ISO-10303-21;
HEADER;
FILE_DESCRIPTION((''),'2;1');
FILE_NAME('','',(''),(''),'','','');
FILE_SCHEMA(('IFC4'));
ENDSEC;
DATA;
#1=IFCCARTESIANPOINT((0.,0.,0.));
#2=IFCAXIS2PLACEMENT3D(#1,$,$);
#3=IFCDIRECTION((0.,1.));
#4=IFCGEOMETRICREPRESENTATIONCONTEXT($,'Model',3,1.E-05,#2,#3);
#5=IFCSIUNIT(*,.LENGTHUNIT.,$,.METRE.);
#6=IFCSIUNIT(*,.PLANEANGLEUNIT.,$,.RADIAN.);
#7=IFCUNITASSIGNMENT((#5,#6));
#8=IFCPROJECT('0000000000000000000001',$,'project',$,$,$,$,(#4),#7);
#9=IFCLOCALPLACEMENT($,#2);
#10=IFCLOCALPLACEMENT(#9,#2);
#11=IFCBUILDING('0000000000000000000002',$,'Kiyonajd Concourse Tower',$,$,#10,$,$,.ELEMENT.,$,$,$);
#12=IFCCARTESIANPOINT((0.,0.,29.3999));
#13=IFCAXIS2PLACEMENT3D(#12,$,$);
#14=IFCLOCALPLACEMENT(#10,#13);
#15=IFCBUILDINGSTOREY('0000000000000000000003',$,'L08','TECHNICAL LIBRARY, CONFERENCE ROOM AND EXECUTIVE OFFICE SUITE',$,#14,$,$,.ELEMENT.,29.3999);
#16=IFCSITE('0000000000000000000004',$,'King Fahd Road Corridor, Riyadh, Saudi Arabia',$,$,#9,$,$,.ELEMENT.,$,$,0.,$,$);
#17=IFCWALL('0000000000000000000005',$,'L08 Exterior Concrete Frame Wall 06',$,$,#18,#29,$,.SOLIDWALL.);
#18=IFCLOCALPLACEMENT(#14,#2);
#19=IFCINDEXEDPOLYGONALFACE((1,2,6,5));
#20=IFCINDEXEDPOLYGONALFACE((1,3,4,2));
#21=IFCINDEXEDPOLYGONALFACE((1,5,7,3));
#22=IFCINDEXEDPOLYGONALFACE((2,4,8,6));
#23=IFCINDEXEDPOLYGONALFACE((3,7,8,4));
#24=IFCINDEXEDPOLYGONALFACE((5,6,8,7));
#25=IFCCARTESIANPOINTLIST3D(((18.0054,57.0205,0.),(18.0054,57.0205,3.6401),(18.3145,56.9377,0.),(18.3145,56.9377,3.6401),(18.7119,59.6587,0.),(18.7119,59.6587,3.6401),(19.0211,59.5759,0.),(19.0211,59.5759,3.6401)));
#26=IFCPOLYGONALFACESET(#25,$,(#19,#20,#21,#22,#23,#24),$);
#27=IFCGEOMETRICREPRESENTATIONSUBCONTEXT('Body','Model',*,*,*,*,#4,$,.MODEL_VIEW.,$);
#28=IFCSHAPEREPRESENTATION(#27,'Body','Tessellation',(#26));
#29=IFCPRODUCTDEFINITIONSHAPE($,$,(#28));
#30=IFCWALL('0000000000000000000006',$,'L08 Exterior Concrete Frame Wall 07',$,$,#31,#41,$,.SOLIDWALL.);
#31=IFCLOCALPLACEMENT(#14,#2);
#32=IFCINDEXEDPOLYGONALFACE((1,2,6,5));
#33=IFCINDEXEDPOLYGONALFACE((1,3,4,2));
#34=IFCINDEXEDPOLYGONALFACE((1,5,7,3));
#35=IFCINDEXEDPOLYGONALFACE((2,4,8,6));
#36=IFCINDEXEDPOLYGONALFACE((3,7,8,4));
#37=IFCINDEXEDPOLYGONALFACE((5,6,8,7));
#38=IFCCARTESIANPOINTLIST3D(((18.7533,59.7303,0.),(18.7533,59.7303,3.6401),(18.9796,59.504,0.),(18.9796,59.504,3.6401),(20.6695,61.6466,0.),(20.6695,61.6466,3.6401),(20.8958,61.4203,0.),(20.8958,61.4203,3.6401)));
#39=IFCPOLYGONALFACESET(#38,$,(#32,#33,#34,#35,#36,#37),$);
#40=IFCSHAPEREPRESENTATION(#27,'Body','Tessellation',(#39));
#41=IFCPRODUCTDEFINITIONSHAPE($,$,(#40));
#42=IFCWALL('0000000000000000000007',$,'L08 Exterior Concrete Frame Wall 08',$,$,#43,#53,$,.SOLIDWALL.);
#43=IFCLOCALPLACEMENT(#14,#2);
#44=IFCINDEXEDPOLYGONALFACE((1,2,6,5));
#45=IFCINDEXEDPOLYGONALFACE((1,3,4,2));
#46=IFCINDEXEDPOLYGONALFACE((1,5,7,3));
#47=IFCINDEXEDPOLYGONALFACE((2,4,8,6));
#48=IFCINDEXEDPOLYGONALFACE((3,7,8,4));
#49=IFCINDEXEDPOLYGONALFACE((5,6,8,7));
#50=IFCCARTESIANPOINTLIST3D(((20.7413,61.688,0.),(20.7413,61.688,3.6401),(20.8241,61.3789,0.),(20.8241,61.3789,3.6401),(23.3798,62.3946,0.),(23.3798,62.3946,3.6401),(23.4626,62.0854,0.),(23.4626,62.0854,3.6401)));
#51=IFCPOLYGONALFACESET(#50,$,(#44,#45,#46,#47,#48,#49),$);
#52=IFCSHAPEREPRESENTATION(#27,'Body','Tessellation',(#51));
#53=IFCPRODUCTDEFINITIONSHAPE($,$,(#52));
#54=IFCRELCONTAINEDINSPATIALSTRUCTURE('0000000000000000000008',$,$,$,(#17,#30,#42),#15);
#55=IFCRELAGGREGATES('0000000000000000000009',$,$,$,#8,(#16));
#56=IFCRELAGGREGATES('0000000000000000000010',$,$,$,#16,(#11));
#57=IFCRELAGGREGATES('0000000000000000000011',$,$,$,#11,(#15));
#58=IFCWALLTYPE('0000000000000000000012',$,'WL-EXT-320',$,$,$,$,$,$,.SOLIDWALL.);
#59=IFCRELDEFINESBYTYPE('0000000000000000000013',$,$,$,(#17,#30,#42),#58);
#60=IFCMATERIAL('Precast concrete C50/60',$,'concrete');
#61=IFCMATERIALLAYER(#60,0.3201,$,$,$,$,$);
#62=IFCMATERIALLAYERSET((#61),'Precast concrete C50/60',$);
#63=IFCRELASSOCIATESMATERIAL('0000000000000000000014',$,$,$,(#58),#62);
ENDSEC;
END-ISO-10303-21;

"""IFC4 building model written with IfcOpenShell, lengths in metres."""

from ifc_helpers import new_model, si_unit, direction, frame, frame_2d, origin, place, context, subcontext, project, spatial, rectangle, extrude, material, layer, layer_set, type_object, element, save


model = new_model("IFC4")

# Units and contexts
model_context = context("Model", 3, precision=1e-05, world=origin(), true_north=direction((0.0, 1.0)))
body_context = subcontext(model_context, "Body", "Model", "MODEL_VIEW")
ifc_project = project(units=[si_unit("LENGTHUNIT", "METRE"), si_unit("PLANEANGLEUNIT", "RADIAN")], contexts=[model_context])

# Site, building, storey
site_placement = place(None, origin())
site = spatial("IfcSite", under=ifc_project, at=site_placement, Name="King Fahd Road Corridor, Riyadh, Saudi Arabia", CompositionType="ELEMENT", RefElevation=0.0)
building_placement = place(site_placement, origin())
building = spatial("IfcBuilding", under=site, at=building_placement, Name="Kiyonajd Concourse Tower", CompositionType="ELEMENT")
storey_placement = place(building_placement, frame((0.0, 0.0, 29.3999)))
storey = spatial("IfcBuildingStorey", under=building, at=storey_placement, Name="L08", Description="TECHNICAL LIBRARY, CONFERENCE ROOM AND EXECUTIVE OFFICE SUITE", CompositionType="ELEMENT", Elevation=29.3999)

# Shared definitions
ifc_material_1 = material(Name="Precast concrete C50/60", Category="concrete")

# Walls
ifc_layer_1 = layer(ifc_material_1, 0.3201)
ifc_layer_set_1 = layer_set([ifc_layer_1], Name="Precast concrete C50/60")
wall_type = type_object("IfcWallType", Name="WL-EXT-320", PredefinedType="SOLIDWALL", material=ifc_layer_set_1)
wall_1_placement = place(storey_placement, frame((18.1599, 56.979, 0.0), z_axis=(0.0, 0.0, 1.0), x_axis=(0.258697, 0.965958, 0.0)))
element("IfcWall", 1, at=wall_1_placement, inside=storey, type_object=wall_type, Name="L08 Exterior Concrete Frame Wall 06", PredefinedType="SOLIDWALL", context=body_context, shape_type="SweptSolid", body=[
    extrude(rectangle(XDim=2.7312, YDim=0.3201, at=frame_2d((1.3657, 0.0))), origin(), (0.0, 0.0, 1.0), 3.6401),
])
wall_2_placement = place(storey_placement, frame((18.8665, 59.6172, 0.0), z_axis=(0.0, 0.0, 1.0), x_axis=(0.707107, 0.707107, 0.0)))
element("IfcWall", 2, at=wall_2_placement, inside=storey, type_object=wall_type, Name="L08 Exterior Concrete Frame Wall 07", PredefinedType="SOLIDWALL", context=body_context, shape_type="SweptSolid", body=[
    extrude(rectangle(XDim=2.71, YDim=0.3201, at=frame_2d((1.355, 0.0))), origin(), (0.0, 0.0, 1.0), 3.6401),
])
wall_3_placement = place(storey_placement, frame((20.7827, 61.5334, 0.0), z_axis=(0.0, 0.0, 1.0), x_axis=(0.965964, 0.258675, 0.0)))
element("IfcWall", 3, at=wall_3_placement, inside=storey, type_object=wall_type, Name="L08 Exterior Concrete Frame Wall 08", PredefinedType="SOLIDWALL", context=body_context, shape_type="SweptSolid", body=[
    extrude(rectangle(XDim=2.7314, YDim=0.3201, at=frame_2d((1.3657, 0.0))), origin(), (0.0, 0.0, 1.0), 3.6401),
])

save(model, "model.ifc")
